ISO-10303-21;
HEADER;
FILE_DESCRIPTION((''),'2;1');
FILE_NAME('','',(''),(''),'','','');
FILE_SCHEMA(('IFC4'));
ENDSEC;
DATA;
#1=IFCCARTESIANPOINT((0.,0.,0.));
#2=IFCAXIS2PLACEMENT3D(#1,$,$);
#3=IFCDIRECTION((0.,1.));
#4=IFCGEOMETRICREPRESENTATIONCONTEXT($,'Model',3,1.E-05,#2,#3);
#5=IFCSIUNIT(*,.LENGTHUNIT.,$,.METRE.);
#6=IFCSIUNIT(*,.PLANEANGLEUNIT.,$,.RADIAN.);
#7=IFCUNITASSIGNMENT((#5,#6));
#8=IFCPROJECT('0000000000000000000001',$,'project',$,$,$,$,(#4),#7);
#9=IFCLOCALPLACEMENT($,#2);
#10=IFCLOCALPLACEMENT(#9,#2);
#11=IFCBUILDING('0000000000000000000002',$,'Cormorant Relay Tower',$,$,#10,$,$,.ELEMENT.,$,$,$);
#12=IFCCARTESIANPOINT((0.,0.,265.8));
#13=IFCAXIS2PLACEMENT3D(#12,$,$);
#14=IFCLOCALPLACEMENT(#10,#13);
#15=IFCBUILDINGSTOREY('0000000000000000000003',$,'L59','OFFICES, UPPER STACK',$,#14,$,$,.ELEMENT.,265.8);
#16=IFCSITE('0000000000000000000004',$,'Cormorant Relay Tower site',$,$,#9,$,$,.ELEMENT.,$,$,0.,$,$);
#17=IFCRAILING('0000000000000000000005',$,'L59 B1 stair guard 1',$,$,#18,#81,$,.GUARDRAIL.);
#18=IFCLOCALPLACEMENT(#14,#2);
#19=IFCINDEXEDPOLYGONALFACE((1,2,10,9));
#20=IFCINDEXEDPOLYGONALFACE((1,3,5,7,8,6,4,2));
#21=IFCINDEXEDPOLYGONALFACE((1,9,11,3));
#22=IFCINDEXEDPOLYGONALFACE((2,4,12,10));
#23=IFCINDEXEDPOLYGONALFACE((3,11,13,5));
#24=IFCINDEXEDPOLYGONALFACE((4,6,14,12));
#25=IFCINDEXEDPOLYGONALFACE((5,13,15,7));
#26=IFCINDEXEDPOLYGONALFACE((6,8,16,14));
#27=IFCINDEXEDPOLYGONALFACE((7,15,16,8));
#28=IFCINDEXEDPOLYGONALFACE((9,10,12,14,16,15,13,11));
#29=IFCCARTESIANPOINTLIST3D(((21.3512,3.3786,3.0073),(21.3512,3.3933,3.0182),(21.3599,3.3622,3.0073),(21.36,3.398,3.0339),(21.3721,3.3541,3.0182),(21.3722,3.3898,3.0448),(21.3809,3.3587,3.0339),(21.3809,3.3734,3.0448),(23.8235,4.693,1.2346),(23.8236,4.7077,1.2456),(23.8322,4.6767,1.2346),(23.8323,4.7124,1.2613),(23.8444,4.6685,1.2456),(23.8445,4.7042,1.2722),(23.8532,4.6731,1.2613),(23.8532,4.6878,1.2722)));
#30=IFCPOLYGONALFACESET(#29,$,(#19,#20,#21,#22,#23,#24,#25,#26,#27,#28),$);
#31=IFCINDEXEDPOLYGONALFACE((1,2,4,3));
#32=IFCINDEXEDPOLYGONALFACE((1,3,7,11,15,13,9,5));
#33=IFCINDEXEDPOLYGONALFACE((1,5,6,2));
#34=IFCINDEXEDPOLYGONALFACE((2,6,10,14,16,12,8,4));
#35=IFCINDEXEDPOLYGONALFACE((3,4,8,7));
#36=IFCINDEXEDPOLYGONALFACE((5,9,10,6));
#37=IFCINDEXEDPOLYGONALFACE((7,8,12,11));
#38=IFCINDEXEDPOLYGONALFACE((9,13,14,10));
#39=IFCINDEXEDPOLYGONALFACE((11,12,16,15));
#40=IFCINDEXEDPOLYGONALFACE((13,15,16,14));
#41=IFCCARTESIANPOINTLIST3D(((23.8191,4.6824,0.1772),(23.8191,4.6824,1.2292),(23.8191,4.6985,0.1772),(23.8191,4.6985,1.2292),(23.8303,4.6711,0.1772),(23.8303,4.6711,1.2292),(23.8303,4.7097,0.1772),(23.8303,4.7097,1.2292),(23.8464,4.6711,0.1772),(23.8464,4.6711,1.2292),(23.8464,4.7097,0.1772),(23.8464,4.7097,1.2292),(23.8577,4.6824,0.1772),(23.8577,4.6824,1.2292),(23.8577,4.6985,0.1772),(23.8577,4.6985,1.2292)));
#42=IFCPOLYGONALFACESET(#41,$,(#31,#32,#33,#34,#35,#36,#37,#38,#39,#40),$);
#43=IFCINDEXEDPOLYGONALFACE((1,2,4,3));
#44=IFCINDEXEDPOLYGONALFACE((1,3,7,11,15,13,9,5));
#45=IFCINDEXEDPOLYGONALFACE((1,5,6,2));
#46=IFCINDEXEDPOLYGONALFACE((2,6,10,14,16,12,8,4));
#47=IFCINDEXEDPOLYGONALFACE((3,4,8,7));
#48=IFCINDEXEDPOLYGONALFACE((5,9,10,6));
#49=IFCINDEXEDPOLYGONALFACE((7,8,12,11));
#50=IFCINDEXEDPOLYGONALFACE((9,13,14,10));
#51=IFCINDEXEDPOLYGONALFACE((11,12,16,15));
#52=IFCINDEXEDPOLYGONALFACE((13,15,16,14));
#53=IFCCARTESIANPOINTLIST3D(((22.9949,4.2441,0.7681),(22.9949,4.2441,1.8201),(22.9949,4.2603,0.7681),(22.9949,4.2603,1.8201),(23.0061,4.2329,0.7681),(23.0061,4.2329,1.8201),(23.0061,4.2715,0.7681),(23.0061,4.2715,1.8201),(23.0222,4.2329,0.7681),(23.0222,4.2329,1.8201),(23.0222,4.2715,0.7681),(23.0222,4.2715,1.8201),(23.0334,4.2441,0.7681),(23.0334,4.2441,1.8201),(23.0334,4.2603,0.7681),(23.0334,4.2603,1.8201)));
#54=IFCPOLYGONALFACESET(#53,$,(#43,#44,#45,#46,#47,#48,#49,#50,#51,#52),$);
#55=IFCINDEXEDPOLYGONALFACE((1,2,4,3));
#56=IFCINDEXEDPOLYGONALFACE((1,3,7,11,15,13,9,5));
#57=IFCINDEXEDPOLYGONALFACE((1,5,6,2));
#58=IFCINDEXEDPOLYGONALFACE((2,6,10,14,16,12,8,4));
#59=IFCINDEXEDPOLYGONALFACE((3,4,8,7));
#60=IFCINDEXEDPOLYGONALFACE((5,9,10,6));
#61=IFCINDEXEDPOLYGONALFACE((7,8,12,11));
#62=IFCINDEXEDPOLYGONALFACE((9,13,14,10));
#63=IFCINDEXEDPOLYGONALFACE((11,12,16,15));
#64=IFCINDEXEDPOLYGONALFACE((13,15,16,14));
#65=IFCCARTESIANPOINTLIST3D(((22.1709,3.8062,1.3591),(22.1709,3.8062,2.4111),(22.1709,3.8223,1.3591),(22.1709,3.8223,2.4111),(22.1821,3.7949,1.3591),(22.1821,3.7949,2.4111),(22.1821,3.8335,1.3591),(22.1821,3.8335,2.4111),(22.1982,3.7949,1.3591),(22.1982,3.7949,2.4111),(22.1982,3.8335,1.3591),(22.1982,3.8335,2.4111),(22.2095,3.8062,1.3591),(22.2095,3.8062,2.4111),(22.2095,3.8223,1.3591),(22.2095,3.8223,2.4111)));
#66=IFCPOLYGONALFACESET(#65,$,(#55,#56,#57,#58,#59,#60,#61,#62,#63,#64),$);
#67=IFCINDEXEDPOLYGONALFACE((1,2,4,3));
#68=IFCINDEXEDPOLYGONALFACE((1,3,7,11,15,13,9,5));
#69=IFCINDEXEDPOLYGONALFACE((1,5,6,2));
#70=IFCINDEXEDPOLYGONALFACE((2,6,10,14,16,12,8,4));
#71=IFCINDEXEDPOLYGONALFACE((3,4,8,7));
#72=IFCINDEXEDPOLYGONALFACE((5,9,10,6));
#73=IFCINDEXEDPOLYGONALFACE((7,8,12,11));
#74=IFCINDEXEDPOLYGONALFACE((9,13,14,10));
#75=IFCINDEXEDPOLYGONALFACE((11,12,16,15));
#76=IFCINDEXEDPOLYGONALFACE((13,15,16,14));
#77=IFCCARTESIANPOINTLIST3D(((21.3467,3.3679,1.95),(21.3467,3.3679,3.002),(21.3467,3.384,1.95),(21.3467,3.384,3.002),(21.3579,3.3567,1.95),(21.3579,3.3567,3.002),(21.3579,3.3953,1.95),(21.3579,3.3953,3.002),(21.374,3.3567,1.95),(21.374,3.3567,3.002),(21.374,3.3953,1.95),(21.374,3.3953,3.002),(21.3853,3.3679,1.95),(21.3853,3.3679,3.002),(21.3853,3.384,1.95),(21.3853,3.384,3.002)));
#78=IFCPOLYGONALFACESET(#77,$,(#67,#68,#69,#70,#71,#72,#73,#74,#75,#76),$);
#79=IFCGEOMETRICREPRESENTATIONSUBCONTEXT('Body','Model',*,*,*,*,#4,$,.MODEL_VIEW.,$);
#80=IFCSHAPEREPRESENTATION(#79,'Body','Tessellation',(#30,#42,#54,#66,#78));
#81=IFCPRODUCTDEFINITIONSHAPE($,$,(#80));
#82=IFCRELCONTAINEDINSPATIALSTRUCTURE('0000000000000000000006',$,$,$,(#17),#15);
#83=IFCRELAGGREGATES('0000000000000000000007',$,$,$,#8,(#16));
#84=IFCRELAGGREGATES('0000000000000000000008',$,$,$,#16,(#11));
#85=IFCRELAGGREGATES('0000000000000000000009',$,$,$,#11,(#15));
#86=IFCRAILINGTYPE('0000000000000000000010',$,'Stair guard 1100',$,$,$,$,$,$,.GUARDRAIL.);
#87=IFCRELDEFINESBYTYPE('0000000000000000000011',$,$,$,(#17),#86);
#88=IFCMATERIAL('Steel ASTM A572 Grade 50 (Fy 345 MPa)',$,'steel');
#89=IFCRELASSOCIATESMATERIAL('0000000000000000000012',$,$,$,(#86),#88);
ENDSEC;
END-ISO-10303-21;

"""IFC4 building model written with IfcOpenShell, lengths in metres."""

from ifc_helpers import new_model, si_unit, direction, frame, origin, place, context, subcontext, project, spatial, polyline, outline, extrude, material, type_object, element, save


model = new_model("IFC4")

# Units and contexts
model_context = context("Model", 3, precision=1e-05, world=origin(), true_north=direction((0.0, 1.0)))
body_context = subcontext(model_context, "Body", "Model", "MODEL_VIEW")
ifc_project = project(units=[si_unit("LENGTHUNIT", "METRE"), si_unit("PLANEANGLEUNIT", "RADIAN")], contexts=[model_context])

# Site, building, storey
site_placement = place(None, origin())
site = spatial("IfcSite", under=ifc_project, at=site_placement, Name="Cormorant Relay Tower site", CompositionType="ELEMENT", RefElevation=0.0)
building_placement = place(site_placement, origin())
building = spatial("IfcBuilding", under=site, at=building_placement, Name="Cormorant Relay Tower", CompositionType="ELEMENT")
storey_placement = place(building_placement, frame((0.0, 0.0, 265.8)))
storey = spatial("IfcBuildingStorey", under=building, at=storey_placement, Name="L59", Description="OFFICES, UPPER STACK", CompositionType="ELEMENT", Elevation=265.8)

# Railing
ifc_material_1 = material(Name="Steel ASTM A572 Grade 50 (Fy 345 MPa)", Category="steel")
railing_type = type_object("IfcRailingType", Name="Stair guard 1100", PredefinedType="GUARDRAIL", material=ifc_material_1)
railing_placement = place(storey_placement, frame((23.8384, 4.6904, 0.1772)))
element("IfcRailing", 1, at=railing_placement, inside=storey, type_object=railing_type, Name="L59 B1 stair guard 1", PredefinedType="GUARDRAIL", context=body_context, shape_type="SweptSolid", body=[
    extrude(outline(polyline([(0.0222, 0.0093), (0.0093, 0.0222), (-0.0093, 0.0222), (-0.0222, 0.0093), (-0.0222, -0.0093), (-0.0093, -0.0222), (0.0093, -0.0222), (0.0222, -0.0093), (0.0222, 0.0093)])), frame((0.0, 0.0, 1.0762), z_axis=(-0.746034, -0.396627, 0.534902), x_axis=(0.469429, -0.88297, 0.0)), (0.0, 0.0, 1.0), 3.314),
    extrude(outline(polyline([(0.0193, 0.0081), (0.0081, 0.0193), (-0.0081, 0.0193), (-0.0193, 0.0081), (-0.0193, -0.0081), (-0.0081, -0.0193), (0.0081, -0.0193), (0.0193, -0.0081), (0.0193, 0.0081)])), origin(), (0.0, 0.0, 1.0), 1.052),
    extrude(outline(polyline([(0.0193, 0.0081), (0.0081, 0.0193), (-0.0081, 0.0193), (-0.0193, 0.0081), (-0.0193, -0.0081), (-0.0081, -0.0193), (0.0081, -0.0193), (0.0193, -0.0081), (0.0193, 0.0081)])), frame((-0.8242, -0.4382, 0.5908)), (0.0, 0.0, 1.0), 1.052),
    extrude(outline(polyline([(0.0193, 0.0081), (0.0081, 0.0193), (-0.0081, 0.0193), (-0.0193, 0.0081), (-0.0193, -0.0081), (-0.0081, -0.0193), (0.0081, -0.0193), (0.0193, -0.0081), (0.0193, 0.0081)])), frame((-1.6482, -0.8762, 1.1819)), (0.0, 0.0, 1.0), 1.052),
    extrude(outline(polyline([(0.0193, 0.0081), (0.0081, 0.0193), (-0.0081, 0.0193), (-0.0193, 0.0081), (-0.0193, -0.0081), (-0.0081, -0.0193), (0.0081, -0.0193), (0.0193, -0.0081), (0.0193, 0.0081)])), frame((-2.4724, -1.3145, 1.7727)), (0.0, 0.0, 1.0), 1.052),
])

save(model, "model.ifc")
